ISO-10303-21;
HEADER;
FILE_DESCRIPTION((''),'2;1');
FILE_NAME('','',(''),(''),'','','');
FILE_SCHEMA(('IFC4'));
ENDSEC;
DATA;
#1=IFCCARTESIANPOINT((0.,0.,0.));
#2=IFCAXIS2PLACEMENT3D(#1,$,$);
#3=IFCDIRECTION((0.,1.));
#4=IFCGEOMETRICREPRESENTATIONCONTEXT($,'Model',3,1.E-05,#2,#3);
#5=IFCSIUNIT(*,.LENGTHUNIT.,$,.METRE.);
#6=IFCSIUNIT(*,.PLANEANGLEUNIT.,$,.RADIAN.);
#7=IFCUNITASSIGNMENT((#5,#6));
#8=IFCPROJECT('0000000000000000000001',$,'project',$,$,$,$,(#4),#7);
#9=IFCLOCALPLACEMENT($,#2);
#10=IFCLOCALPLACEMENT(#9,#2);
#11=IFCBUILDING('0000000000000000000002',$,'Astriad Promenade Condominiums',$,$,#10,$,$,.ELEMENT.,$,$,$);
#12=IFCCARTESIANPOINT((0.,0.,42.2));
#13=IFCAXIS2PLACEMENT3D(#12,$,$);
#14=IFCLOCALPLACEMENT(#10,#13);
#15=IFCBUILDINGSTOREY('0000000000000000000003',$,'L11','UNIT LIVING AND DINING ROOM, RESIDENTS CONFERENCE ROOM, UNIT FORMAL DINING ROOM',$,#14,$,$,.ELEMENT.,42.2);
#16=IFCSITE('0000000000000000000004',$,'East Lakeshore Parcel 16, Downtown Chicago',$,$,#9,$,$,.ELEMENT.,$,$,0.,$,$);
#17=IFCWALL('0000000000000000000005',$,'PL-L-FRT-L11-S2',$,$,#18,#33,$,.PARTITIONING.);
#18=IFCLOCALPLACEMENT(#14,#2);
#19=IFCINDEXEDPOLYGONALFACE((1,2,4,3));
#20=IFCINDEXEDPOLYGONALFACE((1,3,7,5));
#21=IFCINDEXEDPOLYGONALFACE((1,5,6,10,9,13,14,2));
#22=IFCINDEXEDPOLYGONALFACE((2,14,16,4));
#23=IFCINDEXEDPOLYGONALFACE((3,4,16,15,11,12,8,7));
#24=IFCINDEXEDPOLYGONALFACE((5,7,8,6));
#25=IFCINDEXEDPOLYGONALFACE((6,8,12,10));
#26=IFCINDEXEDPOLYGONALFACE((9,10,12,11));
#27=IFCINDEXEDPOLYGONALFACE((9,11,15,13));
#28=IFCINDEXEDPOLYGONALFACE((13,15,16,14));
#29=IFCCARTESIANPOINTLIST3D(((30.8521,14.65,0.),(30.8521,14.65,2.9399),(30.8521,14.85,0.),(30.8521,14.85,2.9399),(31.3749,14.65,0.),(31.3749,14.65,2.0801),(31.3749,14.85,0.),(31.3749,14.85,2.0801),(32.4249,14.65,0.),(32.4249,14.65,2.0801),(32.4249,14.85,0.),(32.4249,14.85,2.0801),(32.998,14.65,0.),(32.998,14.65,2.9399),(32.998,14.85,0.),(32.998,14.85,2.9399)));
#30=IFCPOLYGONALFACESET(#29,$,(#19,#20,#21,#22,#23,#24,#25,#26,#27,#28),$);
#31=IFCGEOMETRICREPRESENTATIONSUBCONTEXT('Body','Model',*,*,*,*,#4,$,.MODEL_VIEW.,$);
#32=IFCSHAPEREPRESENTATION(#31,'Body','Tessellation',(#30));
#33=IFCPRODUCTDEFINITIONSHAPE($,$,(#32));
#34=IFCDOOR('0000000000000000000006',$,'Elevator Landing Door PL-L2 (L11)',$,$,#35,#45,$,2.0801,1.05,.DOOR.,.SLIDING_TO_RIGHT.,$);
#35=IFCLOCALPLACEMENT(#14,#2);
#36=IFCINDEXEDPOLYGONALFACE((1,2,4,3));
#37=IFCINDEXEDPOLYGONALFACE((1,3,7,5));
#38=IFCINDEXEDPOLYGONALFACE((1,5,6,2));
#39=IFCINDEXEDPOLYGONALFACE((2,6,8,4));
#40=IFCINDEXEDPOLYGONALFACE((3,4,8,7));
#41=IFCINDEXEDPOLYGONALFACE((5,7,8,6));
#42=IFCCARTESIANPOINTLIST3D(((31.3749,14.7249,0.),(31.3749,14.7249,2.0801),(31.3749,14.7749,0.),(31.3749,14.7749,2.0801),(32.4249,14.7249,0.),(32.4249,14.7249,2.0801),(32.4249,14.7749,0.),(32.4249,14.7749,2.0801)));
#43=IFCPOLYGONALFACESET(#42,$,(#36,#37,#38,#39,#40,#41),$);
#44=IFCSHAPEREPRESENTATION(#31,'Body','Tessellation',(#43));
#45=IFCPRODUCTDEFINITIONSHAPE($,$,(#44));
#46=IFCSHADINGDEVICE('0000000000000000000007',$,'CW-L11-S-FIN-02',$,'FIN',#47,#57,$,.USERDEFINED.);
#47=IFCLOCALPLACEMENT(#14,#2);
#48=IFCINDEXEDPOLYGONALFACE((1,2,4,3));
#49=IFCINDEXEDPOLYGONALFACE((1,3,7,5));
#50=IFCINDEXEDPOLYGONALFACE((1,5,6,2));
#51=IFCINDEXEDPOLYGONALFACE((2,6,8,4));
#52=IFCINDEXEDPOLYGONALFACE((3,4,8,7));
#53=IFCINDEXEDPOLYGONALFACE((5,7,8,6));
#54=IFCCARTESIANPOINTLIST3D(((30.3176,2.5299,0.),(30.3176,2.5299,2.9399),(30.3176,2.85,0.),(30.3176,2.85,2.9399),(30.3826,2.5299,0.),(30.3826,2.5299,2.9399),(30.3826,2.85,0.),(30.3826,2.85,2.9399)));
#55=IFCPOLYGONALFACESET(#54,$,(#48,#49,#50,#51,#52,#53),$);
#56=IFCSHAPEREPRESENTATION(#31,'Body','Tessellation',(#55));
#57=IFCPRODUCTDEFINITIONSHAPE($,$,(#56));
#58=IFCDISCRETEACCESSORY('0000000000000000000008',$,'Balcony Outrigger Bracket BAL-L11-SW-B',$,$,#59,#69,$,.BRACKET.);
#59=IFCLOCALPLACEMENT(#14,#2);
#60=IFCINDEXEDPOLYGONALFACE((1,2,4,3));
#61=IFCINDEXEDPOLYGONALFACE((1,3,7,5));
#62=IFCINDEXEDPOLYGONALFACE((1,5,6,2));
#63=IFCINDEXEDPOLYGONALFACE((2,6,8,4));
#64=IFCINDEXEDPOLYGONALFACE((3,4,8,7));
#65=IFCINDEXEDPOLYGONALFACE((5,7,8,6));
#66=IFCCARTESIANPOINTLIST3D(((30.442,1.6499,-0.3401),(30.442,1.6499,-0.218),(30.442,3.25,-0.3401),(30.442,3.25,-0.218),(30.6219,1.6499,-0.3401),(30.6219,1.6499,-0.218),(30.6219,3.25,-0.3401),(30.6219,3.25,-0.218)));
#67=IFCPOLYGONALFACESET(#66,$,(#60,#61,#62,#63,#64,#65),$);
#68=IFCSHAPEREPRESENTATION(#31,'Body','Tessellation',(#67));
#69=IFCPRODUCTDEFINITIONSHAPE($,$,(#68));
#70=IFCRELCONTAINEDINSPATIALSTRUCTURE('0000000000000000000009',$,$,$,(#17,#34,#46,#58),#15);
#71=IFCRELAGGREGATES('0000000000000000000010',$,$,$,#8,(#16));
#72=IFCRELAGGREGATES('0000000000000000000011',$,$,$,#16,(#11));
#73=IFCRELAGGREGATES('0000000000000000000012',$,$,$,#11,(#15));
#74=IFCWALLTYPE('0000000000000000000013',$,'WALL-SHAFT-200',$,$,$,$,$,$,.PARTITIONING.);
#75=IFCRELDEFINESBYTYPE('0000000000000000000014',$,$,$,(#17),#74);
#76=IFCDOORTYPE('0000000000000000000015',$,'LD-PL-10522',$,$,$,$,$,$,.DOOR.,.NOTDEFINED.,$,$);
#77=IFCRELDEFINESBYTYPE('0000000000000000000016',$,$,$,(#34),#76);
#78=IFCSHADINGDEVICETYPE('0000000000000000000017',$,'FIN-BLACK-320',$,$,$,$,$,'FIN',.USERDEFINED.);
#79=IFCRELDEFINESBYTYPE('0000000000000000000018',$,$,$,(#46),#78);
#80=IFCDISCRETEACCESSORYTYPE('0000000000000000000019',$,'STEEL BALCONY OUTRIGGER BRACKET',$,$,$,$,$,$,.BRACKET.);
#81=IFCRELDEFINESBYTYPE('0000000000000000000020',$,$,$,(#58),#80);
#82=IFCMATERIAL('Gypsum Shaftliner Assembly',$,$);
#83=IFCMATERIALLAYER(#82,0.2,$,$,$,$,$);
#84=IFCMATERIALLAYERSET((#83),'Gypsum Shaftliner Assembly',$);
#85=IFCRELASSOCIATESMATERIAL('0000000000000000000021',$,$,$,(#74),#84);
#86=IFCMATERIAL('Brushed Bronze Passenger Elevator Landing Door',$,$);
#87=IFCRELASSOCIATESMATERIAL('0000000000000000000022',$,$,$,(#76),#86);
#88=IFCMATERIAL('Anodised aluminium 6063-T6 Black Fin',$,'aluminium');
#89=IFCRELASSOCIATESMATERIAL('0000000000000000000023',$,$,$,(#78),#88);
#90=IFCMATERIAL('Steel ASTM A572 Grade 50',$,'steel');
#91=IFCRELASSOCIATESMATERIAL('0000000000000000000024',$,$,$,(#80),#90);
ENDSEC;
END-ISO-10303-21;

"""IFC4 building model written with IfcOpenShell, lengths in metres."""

from ifc_helpers import new_model, si_unit, direction, frame, frame_2d, origin, origin_2d, place, context, subcontext, project, spatial, rectangle, extrude, source, transform, mapped, material, layer, layer_set, type_object, type_shapes, element, fill, save


model = new_model("IFC4")

# Units and contexts
model_context = context("Model", 3, precision=1e-05, world=origin(), true_north=direction((0.0, 1.0)))
body_context = subcontext(model_context, "Body", "Model", "MODEL_VIEW")
ifc_project = project(units=[si_unit("LENGTHUNIT", "METRE"), si_unit("PLANEANGLEUNIT", "RADIAN")], contexts=[model_context])

# Site, building, storey
site_placement = place(None, origin())
site = spatial("IfcSite", under=ifc_project, at=site_placement, Name="East Lakeshore Parcel 16, Downtown Chicago", CompositionType="ELEMENT", RefElevation=0.0)
building_placement = place(site_placement, origin())
building = spatial("IfcBuilding", under=site, at=building_placement, Name="Astriad Promenade Condominiums", CompositionType="ELEMENT")
storey_placement = place(building_placement, frame((0.0, 0.0, 42.2)))
storey = spatial("IfcBuildingStorey", under=building, at=storey_placement, Name="L11", Description="UNIT LIVING AND DINING ROOM, RESIDENTS CONFERENCE ROOM, UNIT FORMAL DINING ROOM", CompositionType="ELEMENT", Elevation=42.2)

# Shared definitions
ifc_material_1 = material(Name="Gypsum Shaftliner Assembly")
ifc_layer_1 = layer(ifc_material_1, 0.2)
ifc_layer_set_1 = layer_set([ifc_layer_1], Name="Gypsum Shaftliner Assembly")
wall_type_1 = type_object("IfcWallType", Name="WALL-SHAFT-200", PredefinedType="PARTITIONING", material=ifc_layer_set_1)

# Wall, opening, door
ifc_material_2 = material(Name="Brushed Bronze Passenger Elevator Landing Door")
door_type_1 = type_object("IfcDoorType", Name="LD-PL-10522", OperationType="NOTDEFINED", PredefinedType="DOOR", material=ifc_material_2)
shared_shape_1 = source(origin(), body_context, "Body", "SweptSolid", [
    extrude(rectangle(XDim=1.05, YDim=2.0801, at=frame_2d((0.5249, 1.04))), frame((0.0, 0.0249, 0.0), z_axis=(0.0, -1.0, 0.0), x_axis=(1.0, 0.0, 0.0)), (0.0, 0.0, 1.0), 0.05),
])
type_shapes(door_type_1, [shared_shape_1])
wall_1_placement = place(storey_placement, frame((30.8521, 14.75, 0.0), z_axis=(0.0, 0.0, 1.0), x_axis=(1.0, 0.0, 0.0)))
wall_1 = element("IfcWall", 1, at=wall_1_placement, inside=storey, type_object=wall_type_1, Name="PL-L-FRT-L11-S2", PredefinedType="PARTITIONING", context=body_context, shape_type="SweptSolid", body=[
    extrude(rectangle(XDim=2.146, YDim=0.2, at=frame_2d((1.073, 0.0))), origin(), (0.0, 0.0, 1.0), 2.9399),
])
opening_1_placement = place(wall_1_placement, frame((0.5229, 0.0, 0.0)))
opening_1 = element("IfcOpeningElement", 2, at=opening_1_placement, cuts=wall_1, PredefinedType="OPENING", context=body_context, shape_type="SweptSolid", body=[
    extrude(rectangle(XDim=1.05, YDim=2.0801, at=frame_2d((0.5249, 1.04))), frame((0.0, 0.1099, 0.0), z_axis=(0.0, -1.0, 0.0), x_axis=(1.0, 0.0, 0.0)), (0.0, 0.0, 1.0), 0.22),
])
door_1_placement = place(opening_1_placement, origin())
door_1 = element("IfcDoor", 3, at=door_1_placement, inside=storey, type_object=door_type_1, Name="Elevator Landing Door PL-L2 (L11)", OperationType="SLIDING_TO_RIGHT", OverallHeight=2.0801, OverallWidth=1.05, PredefinedType="DOOR", context=body_context, shape_type="MappedRepresentation", body=[
    mapped(shared_shape_1, transform((0.0, 0.0, 0.0), scale=1.0)),
])
fill(opening_1, door_1)

# Shading device
ifc_material_3 = material(Name="Anodised aluminium 6063-T6 Black Fin", Category="aluminium")
shading_device_type = type_object("IfcShadingDeviceType", Name="FIN-BLACK-320", ElementType="FIN", PredefinedType="USERDEFINED", material=ifc_material_3)
shared_shape_2 = source(origin(), body_context, "Body", "SweptSolid", [
    extrude(rectangle(XDim=0.0649, YDim=0.3201, at=origin_2d()), origin(), (0.0, 0.0, 1.0), 2.9399),
])
type_shapes(shading_device_type, [shared_shape_2])
shading_device_placement = place(storey_placement, frame((30.3501, 2.6899, 0.0), z_axis=(0.0, 0.0, 1.0), x_axis=(-1.0, 0.0, 0.0)))
element("IfcShadingDevice", 4, at=shading_device_placement, inside=storey, type_object=shading_device_type, Name="CW-L11-S-FIN-02", ObjectType="FIN", PredefinedType="USERDEFINED", context=body_context, shape_type="MappedRepresentation", body=[
    mapped(shared_shape_2, transform((0.0, 0.0, 0.0), scale=1.0)),
])

# Discrete accessory
ifc_material_4 = material(Name="Steel ASTM A572 Grade 50", Category="steel")
discrete_accessory_type = type_object("IfcDiscreteAccessoryType", Name="STEEL BALCONY OUTRIGGER BRACKET", PredefinedType="BRACKET", material=ifc_material_4)
shared_shape_3 = source(origin(), body_context, "Body", "SweptSolid", [
    extrude(rectangle(XDim=1.6001, YDim=0.1799, at=origin_2d()), origin(), (0.0, 0.0, 1.0), 0.1221),
])
type_shapes(discrete_accessory_type, [shared_shape_3])
discrete_accessory_placement = place(storey_placement, frame((30.532, 2.45, -0.3401), z_axis=(0.0, 0.0, 1.0), x_axis=(0.0, -1.0, 0.0)))
element("IfcDiscreteAccessory", 5, at=discrete_accessory_placement, inside=storey, type_object=discrete_accessory_type, Name="Balcony Outrigger Bracket BAL-L11-SW-B", PredefinedType="BRACKET", context=body_context, shape_type="MappedRepresentation", body=[
    mapped(shared_shape_3, transform((0.0, 0.0, 0.0), scale=1.0)),
])

save(model, "model.ifc")
